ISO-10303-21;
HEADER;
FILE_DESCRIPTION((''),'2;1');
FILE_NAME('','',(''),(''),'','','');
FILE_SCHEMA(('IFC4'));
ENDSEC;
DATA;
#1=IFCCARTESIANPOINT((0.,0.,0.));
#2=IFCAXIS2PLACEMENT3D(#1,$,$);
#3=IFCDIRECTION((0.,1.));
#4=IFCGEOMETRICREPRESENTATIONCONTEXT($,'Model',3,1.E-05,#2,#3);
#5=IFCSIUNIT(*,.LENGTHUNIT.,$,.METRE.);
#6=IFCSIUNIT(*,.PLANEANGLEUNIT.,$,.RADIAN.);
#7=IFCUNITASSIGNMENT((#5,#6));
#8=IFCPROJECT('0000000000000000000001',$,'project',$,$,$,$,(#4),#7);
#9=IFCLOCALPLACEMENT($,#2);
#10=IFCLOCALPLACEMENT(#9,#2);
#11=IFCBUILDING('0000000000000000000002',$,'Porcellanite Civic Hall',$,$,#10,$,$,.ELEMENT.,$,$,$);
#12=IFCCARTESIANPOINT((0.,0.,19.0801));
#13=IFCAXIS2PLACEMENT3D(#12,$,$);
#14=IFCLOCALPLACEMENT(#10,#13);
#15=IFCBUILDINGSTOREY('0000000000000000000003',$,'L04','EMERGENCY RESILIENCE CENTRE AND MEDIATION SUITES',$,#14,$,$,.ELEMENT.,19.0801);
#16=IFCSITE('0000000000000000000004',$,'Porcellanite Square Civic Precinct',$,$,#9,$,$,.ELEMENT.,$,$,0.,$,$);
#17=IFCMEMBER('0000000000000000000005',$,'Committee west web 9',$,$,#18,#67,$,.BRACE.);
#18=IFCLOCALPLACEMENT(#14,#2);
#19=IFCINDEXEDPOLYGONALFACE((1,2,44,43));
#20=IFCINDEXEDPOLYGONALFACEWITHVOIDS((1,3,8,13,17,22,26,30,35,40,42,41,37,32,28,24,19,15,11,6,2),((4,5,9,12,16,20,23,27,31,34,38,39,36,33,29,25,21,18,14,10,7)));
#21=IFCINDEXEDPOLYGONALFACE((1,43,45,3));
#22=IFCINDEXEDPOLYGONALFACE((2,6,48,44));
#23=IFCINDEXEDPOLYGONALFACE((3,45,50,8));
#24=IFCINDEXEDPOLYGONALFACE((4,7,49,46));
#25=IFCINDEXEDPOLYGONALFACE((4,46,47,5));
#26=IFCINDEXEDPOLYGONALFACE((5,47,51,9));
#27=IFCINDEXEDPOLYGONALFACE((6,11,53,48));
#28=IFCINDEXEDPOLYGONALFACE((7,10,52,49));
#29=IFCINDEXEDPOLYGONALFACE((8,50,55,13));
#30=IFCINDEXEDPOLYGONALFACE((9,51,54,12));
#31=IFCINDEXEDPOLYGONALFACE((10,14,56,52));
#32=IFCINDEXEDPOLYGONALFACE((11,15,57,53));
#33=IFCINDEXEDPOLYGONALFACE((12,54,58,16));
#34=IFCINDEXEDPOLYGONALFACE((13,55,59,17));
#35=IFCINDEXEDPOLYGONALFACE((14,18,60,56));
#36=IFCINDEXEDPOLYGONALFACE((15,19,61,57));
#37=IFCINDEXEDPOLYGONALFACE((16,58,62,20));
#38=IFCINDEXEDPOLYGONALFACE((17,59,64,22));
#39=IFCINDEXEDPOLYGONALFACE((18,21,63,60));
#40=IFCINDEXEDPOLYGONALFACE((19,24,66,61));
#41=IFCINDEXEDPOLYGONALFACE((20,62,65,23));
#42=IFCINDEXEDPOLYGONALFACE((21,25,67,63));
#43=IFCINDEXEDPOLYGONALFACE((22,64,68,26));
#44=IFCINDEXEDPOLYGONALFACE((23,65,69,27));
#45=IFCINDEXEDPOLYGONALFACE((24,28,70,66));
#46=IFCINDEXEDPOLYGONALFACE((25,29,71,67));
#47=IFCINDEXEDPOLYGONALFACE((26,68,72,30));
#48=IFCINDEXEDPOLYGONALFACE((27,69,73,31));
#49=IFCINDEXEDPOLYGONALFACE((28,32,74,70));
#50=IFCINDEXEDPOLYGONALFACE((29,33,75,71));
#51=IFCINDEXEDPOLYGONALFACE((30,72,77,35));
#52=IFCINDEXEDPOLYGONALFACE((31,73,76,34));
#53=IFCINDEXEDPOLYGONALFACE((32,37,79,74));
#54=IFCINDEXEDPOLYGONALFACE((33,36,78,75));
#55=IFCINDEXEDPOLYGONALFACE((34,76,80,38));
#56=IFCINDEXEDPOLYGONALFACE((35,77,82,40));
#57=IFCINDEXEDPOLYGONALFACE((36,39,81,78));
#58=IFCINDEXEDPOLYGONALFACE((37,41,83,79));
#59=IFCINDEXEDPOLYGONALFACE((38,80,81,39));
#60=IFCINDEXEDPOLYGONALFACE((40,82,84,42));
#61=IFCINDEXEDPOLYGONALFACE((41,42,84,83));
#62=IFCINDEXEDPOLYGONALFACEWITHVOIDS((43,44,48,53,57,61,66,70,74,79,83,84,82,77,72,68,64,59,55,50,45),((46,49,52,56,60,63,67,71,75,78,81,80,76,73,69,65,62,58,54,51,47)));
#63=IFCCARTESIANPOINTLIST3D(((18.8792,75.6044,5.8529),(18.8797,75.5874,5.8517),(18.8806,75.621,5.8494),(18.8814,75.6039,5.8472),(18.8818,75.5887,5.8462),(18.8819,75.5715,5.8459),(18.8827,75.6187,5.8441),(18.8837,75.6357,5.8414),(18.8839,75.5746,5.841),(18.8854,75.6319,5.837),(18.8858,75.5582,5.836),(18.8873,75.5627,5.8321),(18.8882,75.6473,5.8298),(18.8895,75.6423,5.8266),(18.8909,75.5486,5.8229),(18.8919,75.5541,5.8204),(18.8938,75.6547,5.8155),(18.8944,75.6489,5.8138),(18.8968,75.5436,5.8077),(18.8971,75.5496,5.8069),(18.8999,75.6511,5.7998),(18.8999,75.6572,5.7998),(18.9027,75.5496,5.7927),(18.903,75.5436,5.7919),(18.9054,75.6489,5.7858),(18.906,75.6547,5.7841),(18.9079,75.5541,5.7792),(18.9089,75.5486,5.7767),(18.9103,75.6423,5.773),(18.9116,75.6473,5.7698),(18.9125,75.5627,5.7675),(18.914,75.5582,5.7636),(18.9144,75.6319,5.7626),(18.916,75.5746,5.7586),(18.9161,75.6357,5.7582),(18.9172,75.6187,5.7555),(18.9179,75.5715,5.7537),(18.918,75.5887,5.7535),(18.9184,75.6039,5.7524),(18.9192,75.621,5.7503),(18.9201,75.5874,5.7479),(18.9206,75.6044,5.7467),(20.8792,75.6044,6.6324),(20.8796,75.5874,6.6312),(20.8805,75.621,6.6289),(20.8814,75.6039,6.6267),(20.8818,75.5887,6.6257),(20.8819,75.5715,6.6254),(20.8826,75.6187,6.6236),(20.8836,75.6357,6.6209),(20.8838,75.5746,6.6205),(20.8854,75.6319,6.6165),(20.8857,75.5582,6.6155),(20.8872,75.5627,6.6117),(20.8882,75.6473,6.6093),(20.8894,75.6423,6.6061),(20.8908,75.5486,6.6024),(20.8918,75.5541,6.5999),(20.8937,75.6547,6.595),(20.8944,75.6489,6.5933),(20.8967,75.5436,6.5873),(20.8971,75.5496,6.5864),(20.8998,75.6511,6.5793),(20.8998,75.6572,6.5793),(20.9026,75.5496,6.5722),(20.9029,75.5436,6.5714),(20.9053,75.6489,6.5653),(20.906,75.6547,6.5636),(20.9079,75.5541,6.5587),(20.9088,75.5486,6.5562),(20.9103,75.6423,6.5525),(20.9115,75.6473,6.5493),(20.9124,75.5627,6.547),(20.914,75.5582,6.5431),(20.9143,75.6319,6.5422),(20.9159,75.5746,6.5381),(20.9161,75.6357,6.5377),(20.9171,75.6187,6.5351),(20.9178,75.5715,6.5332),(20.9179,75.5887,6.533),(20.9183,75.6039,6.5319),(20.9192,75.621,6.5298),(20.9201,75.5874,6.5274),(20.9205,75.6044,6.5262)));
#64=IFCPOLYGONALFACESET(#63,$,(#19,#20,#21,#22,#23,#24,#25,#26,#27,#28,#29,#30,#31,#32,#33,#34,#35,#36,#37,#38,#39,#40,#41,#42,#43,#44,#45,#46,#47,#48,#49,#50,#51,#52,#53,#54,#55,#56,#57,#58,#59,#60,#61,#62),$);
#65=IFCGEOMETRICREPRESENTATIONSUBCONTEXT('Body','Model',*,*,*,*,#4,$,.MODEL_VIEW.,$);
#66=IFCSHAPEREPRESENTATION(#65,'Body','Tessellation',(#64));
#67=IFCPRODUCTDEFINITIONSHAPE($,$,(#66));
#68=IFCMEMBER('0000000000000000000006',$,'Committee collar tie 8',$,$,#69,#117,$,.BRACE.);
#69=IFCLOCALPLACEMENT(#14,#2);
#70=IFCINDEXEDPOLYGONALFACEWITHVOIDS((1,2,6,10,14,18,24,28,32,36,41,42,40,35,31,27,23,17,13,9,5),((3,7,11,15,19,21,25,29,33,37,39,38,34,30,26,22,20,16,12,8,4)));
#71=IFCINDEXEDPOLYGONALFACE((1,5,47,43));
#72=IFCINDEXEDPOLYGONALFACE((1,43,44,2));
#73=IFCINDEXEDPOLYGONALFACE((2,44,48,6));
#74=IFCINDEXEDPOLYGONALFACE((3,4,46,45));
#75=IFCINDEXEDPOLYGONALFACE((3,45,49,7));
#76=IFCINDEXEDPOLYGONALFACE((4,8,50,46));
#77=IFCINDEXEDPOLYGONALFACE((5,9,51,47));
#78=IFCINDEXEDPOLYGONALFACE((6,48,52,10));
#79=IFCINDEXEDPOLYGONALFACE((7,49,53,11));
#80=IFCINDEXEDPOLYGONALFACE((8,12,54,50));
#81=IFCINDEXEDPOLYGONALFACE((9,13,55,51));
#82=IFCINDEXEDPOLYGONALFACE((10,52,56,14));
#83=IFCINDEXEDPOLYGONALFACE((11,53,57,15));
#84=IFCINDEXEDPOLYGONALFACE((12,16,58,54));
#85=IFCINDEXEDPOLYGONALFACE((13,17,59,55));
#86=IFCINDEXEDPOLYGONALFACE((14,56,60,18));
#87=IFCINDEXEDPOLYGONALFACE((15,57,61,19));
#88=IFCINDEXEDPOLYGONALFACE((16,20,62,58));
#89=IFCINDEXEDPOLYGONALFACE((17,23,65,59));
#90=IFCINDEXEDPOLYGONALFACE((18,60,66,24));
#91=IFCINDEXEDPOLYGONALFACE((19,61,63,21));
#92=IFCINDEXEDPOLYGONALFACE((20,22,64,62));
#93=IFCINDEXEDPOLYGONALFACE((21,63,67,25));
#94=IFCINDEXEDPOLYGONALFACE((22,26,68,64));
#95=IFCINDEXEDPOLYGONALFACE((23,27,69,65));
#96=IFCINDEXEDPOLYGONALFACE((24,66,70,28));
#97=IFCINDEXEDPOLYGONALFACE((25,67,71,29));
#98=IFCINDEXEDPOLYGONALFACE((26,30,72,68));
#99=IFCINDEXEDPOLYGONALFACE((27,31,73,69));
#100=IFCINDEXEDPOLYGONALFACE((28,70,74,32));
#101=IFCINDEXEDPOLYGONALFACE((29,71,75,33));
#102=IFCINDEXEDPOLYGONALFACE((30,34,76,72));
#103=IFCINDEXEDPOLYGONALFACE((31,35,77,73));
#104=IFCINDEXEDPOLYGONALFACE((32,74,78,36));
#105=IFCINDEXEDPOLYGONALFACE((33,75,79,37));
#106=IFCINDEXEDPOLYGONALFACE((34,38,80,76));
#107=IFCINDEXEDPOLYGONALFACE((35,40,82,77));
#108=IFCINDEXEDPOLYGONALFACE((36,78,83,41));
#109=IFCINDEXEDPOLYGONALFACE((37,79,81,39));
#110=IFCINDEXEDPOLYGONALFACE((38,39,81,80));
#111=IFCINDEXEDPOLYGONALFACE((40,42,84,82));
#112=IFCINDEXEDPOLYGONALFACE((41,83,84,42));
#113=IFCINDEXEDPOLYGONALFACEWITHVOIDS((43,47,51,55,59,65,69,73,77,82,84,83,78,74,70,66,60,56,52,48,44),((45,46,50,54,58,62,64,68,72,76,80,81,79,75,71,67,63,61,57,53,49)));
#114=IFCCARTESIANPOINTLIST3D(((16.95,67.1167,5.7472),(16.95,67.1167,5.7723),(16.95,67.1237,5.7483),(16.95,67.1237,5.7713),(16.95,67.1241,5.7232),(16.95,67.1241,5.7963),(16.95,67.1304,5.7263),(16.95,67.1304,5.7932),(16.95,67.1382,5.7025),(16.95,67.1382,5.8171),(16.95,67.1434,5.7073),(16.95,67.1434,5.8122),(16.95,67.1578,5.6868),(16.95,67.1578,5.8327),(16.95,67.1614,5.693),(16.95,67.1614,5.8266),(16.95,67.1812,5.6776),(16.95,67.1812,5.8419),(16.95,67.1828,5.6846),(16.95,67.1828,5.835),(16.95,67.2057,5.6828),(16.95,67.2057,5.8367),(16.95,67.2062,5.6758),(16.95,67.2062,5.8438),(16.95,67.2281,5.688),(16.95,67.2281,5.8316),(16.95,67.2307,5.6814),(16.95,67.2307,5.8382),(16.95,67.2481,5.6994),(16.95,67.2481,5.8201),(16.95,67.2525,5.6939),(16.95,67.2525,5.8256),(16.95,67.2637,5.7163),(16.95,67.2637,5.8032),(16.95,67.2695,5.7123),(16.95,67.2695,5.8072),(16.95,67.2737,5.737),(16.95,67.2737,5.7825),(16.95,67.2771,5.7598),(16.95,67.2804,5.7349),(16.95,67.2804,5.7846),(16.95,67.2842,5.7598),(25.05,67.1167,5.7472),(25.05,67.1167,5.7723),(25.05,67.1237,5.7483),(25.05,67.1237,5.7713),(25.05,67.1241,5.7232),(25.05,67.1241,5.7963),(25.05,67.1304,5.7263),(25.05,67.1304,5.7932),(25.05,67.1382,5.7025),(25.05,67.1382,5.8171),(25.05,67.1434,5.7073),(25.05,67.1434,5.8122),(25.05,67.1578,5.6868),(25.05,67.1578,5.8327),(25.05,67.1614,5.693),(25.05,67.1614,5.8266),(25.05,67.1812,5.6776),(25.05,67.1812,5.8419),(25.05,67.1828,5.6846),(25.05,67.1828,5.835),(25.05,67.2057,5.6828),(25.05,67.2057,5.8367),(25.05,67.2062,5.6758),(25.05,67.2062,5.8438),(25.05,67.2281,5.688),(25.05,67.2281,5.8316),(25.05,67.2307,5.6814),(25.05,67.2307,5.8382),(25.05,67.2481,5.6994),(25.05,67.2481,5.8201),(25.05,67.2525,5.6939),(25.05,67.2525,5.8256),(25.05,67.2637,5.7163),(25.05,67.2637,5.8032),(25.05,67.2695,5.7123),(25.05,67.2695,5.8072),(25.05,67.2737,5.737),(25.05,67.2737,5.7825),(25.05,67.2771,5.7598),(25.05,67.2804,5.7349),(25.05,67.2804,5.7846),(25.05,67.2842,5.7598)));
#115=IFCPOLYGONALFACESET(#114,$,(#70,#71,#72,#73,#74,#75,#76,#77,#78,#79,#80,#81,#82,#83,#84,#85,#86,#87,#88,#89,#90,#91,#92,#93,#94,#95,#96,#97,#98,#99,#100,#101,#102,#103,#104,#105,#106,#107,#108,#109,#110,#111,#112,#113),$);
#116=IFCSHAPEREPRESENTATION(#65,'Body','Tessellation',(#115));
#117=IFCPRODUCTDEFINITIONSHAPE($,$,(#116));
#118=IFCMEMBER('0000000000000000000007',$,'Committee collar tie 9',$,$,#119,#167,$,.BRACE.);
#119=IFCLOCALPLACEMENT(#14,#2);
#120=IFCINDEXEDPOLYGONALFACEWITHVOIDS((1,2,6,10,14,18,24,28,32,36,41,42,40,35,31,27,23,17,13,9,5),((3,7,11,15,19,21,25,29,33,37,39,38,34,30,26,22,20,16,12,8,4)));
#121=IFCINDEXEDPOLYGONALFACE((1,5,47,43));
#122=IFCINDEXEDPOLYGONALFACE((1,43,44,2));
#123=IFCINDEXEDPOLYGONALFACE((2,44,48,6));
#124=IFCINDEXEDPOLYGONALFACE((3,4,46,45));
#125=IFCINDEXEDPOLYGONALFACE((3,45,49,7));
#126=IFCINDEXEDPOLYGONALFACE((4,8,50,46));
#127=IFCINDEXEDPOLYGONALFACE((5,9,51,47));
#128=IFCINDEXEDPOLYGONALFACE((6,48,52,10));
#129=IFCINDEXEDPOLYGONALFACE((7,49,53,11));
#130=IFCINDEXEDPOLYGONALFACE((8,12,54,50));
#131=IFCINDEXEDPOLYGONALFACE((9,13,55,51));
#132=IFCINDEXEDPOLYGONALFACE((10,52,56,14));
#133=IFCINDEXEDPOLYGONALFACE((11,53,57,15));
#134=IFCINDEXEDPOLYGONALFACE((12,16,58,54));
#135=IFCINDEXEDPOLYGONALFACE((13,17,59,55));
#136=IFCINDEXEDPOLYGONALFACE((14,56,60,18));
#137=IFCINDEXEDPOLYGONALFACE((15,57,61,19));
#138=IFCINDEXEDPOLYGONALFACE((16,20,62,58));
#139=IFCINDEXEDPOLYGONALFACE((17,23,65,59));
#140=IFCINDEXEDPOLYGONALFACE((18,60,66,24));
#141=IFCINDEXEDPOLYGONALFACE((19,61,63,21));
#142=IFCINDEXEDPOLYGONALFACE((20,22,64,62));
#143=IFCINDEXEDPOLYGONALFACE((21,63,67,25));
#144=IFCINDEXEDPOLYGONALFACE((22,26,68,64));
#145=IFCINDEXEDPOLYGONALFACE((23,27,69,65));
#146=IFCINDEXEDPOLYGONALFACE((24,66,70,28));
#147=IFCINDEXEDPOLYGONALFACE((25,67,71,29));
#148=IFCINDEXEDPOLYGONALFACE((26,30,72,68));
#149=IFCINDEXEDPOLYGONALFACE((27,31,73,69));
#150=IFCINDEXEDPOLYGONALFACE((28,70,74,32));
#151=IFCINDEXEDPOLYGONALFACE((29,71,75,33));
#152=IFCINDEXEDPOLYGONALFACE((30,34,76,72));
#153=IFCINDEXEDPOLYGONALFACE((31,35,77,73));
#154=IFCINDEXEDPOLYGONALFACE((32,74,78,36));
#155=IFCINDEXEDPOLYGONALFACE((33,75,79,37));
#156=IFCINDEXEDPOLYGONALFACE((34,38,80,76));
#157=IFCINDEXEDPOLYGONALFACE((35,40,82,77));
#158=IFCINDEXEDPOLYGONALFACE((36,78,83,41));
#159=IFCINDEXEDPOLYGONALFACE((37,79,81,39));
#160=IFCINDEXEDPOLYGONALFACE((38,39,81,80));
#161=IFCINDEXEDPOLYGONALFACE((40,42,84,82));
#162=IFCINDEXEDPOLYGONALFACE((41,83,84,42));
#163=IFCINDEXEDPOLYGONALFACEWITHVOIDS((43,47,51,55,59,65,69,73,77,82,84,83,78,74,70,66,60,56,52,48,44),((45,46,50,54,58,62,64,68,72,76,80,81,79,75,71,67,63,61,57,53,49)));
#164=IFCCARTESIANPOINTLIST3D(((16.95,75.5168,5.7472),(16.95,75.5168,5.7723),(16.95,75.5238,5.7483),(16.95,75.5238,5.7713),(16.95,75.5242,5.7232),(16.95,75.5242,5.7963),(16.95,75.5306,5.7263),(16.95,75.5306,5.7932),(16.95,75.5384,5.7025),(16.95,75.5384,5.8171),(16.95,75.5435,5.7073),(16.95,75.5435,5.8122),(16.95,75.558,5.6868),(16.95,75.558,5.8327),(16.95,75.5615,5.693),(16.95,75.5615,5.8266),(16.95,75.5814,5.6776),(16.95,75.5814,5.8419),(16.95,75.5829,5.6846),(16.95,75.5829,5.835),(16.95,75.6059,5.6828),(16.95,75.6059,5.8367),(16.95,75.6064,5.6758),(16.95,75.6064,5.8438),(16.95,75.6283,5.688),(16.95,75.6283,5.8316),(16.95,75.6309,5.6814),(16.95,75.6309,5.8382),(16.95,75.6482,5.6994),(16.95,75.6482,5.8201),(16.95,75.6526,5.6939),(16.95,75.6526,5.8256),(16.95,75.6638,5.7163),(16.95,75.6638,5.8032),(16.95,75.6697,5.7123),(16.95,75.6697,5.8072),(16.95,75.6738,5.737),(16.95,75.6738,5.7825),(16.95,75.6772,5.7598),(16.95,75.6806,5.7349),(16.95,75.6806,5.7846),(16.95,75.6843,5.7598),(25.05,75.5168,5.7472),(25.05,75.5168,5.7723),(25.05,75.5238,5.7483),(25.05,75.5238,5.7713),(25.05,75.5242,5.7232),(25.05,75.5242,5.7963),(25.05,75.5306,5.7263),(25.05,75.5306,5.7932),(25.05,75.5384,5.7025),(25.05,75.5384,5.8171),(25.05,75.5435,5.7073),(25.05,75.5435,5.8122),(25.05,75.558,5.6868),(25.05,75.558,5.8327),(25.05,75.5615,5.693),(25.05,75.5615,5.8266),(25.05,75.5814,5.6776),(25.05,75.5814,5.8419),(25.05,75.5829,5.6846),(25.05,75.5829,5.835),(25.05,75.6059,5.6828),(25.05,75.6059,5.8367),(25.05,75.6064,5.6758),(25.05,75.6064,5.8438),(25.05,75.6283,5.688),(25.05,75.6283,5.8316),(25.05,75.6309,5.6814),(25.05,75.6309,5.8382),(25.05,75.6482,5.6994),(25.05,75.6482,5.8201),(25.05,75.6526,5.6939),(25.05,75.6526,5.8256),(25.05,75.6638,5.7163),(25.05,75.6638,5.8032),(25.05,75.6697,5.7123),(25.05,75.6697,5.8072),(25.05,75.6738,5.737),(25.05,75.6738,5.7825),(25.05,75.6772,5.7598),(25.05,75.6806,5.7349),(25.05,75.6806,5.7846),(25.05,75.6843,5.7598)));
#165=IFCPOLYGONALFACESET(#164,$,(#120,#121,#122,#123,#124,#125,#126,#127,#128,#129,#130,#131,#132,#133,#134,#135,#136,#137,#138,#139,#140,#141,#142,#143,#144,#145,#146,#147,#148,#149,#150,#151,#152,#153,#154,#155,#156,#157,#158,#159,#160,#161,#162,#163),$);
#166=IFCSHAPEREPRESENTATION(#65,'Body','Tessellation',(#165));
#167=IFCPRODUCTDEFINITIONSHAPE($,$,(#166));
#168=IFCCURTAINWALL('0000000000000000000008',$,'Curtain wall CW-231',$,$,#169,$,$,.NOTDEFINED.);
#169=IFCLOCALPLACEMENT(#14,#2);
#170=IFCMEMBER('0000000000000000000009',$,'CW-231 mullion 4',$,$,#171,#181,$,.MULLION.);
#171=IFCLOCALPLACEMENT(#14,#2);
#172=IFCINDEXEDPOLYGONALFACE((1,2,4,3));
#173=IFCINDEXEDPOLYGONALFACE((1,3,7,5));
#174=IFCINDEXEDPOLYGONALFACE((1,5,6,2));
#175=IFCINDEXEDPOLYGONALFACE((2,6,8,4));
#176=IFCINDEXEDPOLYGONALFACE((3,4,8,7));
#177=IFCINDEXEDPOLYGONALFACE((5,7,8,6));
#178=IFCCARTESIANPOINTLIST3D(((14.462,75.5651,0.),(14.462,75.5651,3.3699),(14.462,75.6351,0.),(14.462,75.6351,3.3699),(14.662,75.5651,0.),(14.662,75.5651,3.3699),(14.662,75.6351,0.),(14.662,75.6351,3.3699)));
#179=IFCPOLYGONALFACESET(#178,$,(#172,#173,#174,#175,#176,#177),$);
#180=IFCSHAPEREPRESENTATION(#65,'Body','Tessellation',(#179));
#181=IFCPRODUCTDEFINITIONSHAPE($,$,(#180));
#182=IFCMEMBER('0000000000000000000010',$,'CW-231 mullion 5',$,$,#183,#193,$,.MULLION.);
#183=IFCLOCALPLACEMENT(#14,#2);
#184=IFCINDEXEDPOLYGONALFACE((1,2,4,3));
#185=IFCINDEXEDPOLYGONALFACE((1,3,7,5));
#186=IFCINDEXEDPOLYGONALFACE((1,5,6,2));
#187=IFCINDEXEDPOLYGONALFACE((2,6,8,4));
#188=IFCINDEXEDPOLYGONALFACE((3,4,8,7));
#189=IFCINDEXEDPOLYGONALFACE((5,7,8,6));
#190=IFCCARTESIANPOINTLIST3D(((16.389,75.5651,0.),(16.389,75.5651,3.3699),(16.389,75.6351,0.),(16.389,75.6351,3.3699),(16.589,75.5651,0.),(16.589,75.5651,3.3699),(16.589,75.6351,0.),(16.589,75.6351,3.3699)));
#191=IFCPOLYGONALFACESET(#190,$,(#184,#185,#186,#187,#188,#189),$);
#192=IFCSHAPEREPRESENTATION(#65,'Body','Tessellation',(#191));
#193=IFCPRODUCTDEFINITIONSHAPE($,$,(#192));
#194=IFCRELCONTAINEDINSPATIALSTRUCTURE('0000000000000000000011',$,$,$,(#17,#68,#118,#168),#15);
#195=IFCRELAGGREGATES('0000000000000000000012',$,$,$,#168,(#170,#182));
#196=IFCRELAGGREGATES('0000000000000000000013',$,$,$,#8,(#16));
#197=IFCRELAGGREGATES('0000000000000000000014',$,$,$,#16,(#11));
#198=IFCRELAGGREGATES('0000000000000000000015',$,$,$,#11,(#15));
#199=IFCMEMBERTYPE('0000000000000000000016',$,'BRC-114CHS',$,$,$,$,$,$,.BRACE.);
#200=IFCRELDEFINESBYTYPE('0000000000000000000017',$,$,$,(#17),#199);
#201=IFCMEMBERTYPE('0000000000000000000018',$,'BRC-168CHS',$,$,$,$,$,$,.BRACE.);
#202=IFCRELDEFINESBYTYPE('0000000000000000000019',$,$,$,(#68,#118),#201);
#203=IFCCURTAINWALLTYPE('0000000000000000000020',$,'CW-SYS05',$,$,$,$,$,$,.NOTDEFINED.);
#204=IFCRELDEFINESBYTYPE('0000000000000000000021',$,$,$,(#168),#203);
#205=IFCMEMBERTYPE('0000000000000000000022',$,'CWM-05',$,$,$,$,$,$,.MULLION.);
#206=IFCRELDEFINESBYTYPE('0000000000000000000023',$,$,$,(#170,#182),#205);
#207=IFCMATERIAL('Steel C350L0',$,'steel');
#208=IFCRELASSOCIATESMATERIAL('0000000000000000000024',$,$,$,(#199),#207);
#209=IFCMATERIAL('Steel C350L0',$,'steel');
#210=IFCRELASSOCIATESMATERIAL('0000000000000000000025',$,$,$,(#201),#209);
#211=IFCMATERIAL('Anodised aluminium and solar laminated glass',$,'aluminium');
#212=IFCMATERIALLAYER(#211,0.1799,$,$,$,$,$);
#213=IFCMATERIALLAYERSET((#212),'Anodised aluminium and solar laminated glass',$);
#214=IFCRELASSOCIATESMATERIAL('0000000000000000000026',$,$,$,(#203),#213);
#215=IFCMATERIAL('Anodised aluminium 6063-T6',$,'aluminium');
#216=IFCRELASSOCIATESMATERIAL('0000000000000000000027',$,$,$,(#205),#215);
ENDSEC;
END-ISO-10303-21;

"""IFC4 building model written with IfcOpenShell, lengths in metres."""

from ifc_helpers import new_model, si_unit, direction, frame, origin, origin_2d, place, context, subcontext, project, spatial, rectangle, hollow_circle, extrude, material, layer, layer_set, material_profile, profile_set, type_object, element, aggregate, save


model = new_model("IFC4")

# Units and contexts
model_context = context("Model", 3, precision=1e-05, world=origin(), true_north=direction((0.0, 1.0)))
body_context = subcontext(model_context, "Body", "Model", "MODEL_VIEW")
ifc_project = project(units=[si_unit("LENGTHUNIT", "METRE"), si_unit("PLANEANGLEUNIT", "RADIAN")], contexts=[model_context])

# Site, building, storey
site_placement = place(None, origin())
site = spatial("IfcSite", under=ifc_project, at=site_placement, Name="Porcellanite Square Civic Precinct", CompositionType="ELEMENT", RefElevation=0.0)
building_placement = place(site_placement, origin())
building = spatial("IfcBuilding", under=site, at=building_placement, Name="Porcellanite Civic Hall", CompositionType="ELEMENT")
storey_placement = place(building_placement, frame((0.0, 0.0, 19.0801)))
storey = spatial("IfcBuildingStorey", under=building, at=storey_placement, Name="L04", Description="EMERGENCY RESILIENCE CENTRE AND MEDIATION SUITES", CompositionType="ELEMENT", Elevation=19.0801)

# Members
ifc_material_1 = material(Name="Steel C350L0", Category="steel")
ifc_material_profile_1 = material_profile(ifc_material_1, hollow_circle(Radius=0.0571, WallThickness=0.0061, at=origin_2d()), Name="114.3x6.0CHS")
ifc_profile_set_1 = profile_set([ifc_material_profile_1], Name="Steel C350L0")
member_type_1 = type_object("IfcMemberType", Name="BRC-114CHS", PredefinedType="BRACE", material=ifc_profile_set_1)
for number, where, z_axis, x_axis, name in (
    (1, (18.8999, 75.6001, 5.7998), (0.931727, 0.0, 0.36316), (0.0, 1.0, 0.0), "Committee west web 9"),
):
    element("IfcMember", number, at=place(storey_placement, frame(where, z_axis=z_axis, x_axis=x_axis)), inside=storey, type_object=member_type_1, Name=name, PredefinedType="BRACE", context=body_context, shape_type="SweptSolid", body=[
        extrude(hollow_circle(Radius=0.0571, WallThickness=0.0061, at=origin_2d()), origin(), (0.0, 0.0, 1.0), 2.1465),
    ])
ifc_material_2 = material(Name="Steel C350L0", Category="steel")
ifc_material_profile_2 = material_profile(ifc_material_2, hollow_circle(Radius=0.0842, WallThickness=0.0071, at=origin_2d()), Name="168.3x7.1CHS")
ifc_profile_set_2 = profile_set([ifc_material_profile_2], Name="Steel C350L0")
member_type_2 = type_object("IfcMemberType", Name="BRC-168CHS", PredefinedType="BRACE", material=ifc_profile_set_2)
for number, where, z_axis, x_axis, name in (
    (2, (16.95, 67.2, 5.7598), (1.0, 0.0, 0.0), (0.0, 1.0, 0.0), "Committee collar tie 8"),
    (3, (16.95, 75.6001, 5.7598), (1.0, 0.0, 0.0), (0.0, 1.0, 0.0), "Committee collar tie 9"),
):
    element("IfcMember", number, at=place(storey_placement, frame(where, z_axis=z_axis, x_axis=x_axis)), inside=storey, type_object=member_type_2, Name=name, PredefinedType="BRACE", context=body_context, shape_type="SweptSolid", body=[
        extrude(hollow_circle(Radius=0.0842, WallThickness=0.0071, at=origin_2d()), origin(), (0.0, 0.0, 1.0), 8.1001),
    ])

# Curtain wall, members
ifc_material_3 = material(Name="Anodised aluminium and solar laminated glass", Category="aluminium")
ifc_layer_1 = layer(ifc_material_3, 0.1799)
ifc_layer_set_1 = layer_set([ifc_layer_1], Name="Anodised aluminium and solar laminated glass")
curtain_wall_type = type_object("IfcCurtainWallType", Name="CW-SYS05", PredefinedType="NOTDEFINED", material=ifc_layer_set_1)
curtain_wall_placement = place(storey_placement, origin())
curtain_wall = element("IfcCurtainWall", 4, at=curtain_wall_placement, inside=storey, type_object=curtain_wall_type, Name="Curtain wall CW-231", PredefinedType="NOTDEFINED")
ifc_material_4 = material(Name="Anodised aluminium 6063-T6", Category="aluminium")
ifc_material_profile_3 = material_profile(ifc_material_4, rectangle(XDim=0.0701, YDim=0.2, at=origin_2d()), Name="AL-70x200")
ifc_profile_set_3 = profile_set([ifc_material_profile_3], Name="Anodised aluminium 6063-T6")
member_type_3 = type_object("IfcMemberType", Name="CWM-05", PredefinedType="MULLION", material=ifc_profile_set_3)
member_1_placement = place(storey_placement, frame((14.562, 75.6001, 0.0), z_axis=(0.0, 0.0, 1.0), x_axis=(0.0, 1.0, 0.0)))
member_1 = element("IfcMember", 5, at=member_1_placement, type_object=member_type_3, Name="CW-231 mullion 4", PredefinedType="MULLION", context=body_context, shape_type="SweptSolid", body=[
    extrude(rectangle(XDim=0.0701, YDim=0.2, at=origin_2d()), origin(), (0.0, 0.0, 1.0), 3.3699),
])
member_2_placement = place(storey_placement, frame((16.489, 75.6001, 0.0), z_axis=(0.0, 0.0, 1.0), x_axis=(0.0, 1.0, 0.0)))
member_2 = element("IfcMember", 6, at=member_2_placement, type_object=member_type_3, Name="CW-231 mullion 5", PredefinedType="MULLION", context=body_context, shape_type="SweptSolid", body=[
    extrude(rectangle(XDim=0.0701, YDim=0.2, at=origin_2d()), origin(), (0.0, 0.0, 1.0), 3.3699),
])

aggregate(curtain_wall, [member_1, member_2])

save(model, "model.ifc")
